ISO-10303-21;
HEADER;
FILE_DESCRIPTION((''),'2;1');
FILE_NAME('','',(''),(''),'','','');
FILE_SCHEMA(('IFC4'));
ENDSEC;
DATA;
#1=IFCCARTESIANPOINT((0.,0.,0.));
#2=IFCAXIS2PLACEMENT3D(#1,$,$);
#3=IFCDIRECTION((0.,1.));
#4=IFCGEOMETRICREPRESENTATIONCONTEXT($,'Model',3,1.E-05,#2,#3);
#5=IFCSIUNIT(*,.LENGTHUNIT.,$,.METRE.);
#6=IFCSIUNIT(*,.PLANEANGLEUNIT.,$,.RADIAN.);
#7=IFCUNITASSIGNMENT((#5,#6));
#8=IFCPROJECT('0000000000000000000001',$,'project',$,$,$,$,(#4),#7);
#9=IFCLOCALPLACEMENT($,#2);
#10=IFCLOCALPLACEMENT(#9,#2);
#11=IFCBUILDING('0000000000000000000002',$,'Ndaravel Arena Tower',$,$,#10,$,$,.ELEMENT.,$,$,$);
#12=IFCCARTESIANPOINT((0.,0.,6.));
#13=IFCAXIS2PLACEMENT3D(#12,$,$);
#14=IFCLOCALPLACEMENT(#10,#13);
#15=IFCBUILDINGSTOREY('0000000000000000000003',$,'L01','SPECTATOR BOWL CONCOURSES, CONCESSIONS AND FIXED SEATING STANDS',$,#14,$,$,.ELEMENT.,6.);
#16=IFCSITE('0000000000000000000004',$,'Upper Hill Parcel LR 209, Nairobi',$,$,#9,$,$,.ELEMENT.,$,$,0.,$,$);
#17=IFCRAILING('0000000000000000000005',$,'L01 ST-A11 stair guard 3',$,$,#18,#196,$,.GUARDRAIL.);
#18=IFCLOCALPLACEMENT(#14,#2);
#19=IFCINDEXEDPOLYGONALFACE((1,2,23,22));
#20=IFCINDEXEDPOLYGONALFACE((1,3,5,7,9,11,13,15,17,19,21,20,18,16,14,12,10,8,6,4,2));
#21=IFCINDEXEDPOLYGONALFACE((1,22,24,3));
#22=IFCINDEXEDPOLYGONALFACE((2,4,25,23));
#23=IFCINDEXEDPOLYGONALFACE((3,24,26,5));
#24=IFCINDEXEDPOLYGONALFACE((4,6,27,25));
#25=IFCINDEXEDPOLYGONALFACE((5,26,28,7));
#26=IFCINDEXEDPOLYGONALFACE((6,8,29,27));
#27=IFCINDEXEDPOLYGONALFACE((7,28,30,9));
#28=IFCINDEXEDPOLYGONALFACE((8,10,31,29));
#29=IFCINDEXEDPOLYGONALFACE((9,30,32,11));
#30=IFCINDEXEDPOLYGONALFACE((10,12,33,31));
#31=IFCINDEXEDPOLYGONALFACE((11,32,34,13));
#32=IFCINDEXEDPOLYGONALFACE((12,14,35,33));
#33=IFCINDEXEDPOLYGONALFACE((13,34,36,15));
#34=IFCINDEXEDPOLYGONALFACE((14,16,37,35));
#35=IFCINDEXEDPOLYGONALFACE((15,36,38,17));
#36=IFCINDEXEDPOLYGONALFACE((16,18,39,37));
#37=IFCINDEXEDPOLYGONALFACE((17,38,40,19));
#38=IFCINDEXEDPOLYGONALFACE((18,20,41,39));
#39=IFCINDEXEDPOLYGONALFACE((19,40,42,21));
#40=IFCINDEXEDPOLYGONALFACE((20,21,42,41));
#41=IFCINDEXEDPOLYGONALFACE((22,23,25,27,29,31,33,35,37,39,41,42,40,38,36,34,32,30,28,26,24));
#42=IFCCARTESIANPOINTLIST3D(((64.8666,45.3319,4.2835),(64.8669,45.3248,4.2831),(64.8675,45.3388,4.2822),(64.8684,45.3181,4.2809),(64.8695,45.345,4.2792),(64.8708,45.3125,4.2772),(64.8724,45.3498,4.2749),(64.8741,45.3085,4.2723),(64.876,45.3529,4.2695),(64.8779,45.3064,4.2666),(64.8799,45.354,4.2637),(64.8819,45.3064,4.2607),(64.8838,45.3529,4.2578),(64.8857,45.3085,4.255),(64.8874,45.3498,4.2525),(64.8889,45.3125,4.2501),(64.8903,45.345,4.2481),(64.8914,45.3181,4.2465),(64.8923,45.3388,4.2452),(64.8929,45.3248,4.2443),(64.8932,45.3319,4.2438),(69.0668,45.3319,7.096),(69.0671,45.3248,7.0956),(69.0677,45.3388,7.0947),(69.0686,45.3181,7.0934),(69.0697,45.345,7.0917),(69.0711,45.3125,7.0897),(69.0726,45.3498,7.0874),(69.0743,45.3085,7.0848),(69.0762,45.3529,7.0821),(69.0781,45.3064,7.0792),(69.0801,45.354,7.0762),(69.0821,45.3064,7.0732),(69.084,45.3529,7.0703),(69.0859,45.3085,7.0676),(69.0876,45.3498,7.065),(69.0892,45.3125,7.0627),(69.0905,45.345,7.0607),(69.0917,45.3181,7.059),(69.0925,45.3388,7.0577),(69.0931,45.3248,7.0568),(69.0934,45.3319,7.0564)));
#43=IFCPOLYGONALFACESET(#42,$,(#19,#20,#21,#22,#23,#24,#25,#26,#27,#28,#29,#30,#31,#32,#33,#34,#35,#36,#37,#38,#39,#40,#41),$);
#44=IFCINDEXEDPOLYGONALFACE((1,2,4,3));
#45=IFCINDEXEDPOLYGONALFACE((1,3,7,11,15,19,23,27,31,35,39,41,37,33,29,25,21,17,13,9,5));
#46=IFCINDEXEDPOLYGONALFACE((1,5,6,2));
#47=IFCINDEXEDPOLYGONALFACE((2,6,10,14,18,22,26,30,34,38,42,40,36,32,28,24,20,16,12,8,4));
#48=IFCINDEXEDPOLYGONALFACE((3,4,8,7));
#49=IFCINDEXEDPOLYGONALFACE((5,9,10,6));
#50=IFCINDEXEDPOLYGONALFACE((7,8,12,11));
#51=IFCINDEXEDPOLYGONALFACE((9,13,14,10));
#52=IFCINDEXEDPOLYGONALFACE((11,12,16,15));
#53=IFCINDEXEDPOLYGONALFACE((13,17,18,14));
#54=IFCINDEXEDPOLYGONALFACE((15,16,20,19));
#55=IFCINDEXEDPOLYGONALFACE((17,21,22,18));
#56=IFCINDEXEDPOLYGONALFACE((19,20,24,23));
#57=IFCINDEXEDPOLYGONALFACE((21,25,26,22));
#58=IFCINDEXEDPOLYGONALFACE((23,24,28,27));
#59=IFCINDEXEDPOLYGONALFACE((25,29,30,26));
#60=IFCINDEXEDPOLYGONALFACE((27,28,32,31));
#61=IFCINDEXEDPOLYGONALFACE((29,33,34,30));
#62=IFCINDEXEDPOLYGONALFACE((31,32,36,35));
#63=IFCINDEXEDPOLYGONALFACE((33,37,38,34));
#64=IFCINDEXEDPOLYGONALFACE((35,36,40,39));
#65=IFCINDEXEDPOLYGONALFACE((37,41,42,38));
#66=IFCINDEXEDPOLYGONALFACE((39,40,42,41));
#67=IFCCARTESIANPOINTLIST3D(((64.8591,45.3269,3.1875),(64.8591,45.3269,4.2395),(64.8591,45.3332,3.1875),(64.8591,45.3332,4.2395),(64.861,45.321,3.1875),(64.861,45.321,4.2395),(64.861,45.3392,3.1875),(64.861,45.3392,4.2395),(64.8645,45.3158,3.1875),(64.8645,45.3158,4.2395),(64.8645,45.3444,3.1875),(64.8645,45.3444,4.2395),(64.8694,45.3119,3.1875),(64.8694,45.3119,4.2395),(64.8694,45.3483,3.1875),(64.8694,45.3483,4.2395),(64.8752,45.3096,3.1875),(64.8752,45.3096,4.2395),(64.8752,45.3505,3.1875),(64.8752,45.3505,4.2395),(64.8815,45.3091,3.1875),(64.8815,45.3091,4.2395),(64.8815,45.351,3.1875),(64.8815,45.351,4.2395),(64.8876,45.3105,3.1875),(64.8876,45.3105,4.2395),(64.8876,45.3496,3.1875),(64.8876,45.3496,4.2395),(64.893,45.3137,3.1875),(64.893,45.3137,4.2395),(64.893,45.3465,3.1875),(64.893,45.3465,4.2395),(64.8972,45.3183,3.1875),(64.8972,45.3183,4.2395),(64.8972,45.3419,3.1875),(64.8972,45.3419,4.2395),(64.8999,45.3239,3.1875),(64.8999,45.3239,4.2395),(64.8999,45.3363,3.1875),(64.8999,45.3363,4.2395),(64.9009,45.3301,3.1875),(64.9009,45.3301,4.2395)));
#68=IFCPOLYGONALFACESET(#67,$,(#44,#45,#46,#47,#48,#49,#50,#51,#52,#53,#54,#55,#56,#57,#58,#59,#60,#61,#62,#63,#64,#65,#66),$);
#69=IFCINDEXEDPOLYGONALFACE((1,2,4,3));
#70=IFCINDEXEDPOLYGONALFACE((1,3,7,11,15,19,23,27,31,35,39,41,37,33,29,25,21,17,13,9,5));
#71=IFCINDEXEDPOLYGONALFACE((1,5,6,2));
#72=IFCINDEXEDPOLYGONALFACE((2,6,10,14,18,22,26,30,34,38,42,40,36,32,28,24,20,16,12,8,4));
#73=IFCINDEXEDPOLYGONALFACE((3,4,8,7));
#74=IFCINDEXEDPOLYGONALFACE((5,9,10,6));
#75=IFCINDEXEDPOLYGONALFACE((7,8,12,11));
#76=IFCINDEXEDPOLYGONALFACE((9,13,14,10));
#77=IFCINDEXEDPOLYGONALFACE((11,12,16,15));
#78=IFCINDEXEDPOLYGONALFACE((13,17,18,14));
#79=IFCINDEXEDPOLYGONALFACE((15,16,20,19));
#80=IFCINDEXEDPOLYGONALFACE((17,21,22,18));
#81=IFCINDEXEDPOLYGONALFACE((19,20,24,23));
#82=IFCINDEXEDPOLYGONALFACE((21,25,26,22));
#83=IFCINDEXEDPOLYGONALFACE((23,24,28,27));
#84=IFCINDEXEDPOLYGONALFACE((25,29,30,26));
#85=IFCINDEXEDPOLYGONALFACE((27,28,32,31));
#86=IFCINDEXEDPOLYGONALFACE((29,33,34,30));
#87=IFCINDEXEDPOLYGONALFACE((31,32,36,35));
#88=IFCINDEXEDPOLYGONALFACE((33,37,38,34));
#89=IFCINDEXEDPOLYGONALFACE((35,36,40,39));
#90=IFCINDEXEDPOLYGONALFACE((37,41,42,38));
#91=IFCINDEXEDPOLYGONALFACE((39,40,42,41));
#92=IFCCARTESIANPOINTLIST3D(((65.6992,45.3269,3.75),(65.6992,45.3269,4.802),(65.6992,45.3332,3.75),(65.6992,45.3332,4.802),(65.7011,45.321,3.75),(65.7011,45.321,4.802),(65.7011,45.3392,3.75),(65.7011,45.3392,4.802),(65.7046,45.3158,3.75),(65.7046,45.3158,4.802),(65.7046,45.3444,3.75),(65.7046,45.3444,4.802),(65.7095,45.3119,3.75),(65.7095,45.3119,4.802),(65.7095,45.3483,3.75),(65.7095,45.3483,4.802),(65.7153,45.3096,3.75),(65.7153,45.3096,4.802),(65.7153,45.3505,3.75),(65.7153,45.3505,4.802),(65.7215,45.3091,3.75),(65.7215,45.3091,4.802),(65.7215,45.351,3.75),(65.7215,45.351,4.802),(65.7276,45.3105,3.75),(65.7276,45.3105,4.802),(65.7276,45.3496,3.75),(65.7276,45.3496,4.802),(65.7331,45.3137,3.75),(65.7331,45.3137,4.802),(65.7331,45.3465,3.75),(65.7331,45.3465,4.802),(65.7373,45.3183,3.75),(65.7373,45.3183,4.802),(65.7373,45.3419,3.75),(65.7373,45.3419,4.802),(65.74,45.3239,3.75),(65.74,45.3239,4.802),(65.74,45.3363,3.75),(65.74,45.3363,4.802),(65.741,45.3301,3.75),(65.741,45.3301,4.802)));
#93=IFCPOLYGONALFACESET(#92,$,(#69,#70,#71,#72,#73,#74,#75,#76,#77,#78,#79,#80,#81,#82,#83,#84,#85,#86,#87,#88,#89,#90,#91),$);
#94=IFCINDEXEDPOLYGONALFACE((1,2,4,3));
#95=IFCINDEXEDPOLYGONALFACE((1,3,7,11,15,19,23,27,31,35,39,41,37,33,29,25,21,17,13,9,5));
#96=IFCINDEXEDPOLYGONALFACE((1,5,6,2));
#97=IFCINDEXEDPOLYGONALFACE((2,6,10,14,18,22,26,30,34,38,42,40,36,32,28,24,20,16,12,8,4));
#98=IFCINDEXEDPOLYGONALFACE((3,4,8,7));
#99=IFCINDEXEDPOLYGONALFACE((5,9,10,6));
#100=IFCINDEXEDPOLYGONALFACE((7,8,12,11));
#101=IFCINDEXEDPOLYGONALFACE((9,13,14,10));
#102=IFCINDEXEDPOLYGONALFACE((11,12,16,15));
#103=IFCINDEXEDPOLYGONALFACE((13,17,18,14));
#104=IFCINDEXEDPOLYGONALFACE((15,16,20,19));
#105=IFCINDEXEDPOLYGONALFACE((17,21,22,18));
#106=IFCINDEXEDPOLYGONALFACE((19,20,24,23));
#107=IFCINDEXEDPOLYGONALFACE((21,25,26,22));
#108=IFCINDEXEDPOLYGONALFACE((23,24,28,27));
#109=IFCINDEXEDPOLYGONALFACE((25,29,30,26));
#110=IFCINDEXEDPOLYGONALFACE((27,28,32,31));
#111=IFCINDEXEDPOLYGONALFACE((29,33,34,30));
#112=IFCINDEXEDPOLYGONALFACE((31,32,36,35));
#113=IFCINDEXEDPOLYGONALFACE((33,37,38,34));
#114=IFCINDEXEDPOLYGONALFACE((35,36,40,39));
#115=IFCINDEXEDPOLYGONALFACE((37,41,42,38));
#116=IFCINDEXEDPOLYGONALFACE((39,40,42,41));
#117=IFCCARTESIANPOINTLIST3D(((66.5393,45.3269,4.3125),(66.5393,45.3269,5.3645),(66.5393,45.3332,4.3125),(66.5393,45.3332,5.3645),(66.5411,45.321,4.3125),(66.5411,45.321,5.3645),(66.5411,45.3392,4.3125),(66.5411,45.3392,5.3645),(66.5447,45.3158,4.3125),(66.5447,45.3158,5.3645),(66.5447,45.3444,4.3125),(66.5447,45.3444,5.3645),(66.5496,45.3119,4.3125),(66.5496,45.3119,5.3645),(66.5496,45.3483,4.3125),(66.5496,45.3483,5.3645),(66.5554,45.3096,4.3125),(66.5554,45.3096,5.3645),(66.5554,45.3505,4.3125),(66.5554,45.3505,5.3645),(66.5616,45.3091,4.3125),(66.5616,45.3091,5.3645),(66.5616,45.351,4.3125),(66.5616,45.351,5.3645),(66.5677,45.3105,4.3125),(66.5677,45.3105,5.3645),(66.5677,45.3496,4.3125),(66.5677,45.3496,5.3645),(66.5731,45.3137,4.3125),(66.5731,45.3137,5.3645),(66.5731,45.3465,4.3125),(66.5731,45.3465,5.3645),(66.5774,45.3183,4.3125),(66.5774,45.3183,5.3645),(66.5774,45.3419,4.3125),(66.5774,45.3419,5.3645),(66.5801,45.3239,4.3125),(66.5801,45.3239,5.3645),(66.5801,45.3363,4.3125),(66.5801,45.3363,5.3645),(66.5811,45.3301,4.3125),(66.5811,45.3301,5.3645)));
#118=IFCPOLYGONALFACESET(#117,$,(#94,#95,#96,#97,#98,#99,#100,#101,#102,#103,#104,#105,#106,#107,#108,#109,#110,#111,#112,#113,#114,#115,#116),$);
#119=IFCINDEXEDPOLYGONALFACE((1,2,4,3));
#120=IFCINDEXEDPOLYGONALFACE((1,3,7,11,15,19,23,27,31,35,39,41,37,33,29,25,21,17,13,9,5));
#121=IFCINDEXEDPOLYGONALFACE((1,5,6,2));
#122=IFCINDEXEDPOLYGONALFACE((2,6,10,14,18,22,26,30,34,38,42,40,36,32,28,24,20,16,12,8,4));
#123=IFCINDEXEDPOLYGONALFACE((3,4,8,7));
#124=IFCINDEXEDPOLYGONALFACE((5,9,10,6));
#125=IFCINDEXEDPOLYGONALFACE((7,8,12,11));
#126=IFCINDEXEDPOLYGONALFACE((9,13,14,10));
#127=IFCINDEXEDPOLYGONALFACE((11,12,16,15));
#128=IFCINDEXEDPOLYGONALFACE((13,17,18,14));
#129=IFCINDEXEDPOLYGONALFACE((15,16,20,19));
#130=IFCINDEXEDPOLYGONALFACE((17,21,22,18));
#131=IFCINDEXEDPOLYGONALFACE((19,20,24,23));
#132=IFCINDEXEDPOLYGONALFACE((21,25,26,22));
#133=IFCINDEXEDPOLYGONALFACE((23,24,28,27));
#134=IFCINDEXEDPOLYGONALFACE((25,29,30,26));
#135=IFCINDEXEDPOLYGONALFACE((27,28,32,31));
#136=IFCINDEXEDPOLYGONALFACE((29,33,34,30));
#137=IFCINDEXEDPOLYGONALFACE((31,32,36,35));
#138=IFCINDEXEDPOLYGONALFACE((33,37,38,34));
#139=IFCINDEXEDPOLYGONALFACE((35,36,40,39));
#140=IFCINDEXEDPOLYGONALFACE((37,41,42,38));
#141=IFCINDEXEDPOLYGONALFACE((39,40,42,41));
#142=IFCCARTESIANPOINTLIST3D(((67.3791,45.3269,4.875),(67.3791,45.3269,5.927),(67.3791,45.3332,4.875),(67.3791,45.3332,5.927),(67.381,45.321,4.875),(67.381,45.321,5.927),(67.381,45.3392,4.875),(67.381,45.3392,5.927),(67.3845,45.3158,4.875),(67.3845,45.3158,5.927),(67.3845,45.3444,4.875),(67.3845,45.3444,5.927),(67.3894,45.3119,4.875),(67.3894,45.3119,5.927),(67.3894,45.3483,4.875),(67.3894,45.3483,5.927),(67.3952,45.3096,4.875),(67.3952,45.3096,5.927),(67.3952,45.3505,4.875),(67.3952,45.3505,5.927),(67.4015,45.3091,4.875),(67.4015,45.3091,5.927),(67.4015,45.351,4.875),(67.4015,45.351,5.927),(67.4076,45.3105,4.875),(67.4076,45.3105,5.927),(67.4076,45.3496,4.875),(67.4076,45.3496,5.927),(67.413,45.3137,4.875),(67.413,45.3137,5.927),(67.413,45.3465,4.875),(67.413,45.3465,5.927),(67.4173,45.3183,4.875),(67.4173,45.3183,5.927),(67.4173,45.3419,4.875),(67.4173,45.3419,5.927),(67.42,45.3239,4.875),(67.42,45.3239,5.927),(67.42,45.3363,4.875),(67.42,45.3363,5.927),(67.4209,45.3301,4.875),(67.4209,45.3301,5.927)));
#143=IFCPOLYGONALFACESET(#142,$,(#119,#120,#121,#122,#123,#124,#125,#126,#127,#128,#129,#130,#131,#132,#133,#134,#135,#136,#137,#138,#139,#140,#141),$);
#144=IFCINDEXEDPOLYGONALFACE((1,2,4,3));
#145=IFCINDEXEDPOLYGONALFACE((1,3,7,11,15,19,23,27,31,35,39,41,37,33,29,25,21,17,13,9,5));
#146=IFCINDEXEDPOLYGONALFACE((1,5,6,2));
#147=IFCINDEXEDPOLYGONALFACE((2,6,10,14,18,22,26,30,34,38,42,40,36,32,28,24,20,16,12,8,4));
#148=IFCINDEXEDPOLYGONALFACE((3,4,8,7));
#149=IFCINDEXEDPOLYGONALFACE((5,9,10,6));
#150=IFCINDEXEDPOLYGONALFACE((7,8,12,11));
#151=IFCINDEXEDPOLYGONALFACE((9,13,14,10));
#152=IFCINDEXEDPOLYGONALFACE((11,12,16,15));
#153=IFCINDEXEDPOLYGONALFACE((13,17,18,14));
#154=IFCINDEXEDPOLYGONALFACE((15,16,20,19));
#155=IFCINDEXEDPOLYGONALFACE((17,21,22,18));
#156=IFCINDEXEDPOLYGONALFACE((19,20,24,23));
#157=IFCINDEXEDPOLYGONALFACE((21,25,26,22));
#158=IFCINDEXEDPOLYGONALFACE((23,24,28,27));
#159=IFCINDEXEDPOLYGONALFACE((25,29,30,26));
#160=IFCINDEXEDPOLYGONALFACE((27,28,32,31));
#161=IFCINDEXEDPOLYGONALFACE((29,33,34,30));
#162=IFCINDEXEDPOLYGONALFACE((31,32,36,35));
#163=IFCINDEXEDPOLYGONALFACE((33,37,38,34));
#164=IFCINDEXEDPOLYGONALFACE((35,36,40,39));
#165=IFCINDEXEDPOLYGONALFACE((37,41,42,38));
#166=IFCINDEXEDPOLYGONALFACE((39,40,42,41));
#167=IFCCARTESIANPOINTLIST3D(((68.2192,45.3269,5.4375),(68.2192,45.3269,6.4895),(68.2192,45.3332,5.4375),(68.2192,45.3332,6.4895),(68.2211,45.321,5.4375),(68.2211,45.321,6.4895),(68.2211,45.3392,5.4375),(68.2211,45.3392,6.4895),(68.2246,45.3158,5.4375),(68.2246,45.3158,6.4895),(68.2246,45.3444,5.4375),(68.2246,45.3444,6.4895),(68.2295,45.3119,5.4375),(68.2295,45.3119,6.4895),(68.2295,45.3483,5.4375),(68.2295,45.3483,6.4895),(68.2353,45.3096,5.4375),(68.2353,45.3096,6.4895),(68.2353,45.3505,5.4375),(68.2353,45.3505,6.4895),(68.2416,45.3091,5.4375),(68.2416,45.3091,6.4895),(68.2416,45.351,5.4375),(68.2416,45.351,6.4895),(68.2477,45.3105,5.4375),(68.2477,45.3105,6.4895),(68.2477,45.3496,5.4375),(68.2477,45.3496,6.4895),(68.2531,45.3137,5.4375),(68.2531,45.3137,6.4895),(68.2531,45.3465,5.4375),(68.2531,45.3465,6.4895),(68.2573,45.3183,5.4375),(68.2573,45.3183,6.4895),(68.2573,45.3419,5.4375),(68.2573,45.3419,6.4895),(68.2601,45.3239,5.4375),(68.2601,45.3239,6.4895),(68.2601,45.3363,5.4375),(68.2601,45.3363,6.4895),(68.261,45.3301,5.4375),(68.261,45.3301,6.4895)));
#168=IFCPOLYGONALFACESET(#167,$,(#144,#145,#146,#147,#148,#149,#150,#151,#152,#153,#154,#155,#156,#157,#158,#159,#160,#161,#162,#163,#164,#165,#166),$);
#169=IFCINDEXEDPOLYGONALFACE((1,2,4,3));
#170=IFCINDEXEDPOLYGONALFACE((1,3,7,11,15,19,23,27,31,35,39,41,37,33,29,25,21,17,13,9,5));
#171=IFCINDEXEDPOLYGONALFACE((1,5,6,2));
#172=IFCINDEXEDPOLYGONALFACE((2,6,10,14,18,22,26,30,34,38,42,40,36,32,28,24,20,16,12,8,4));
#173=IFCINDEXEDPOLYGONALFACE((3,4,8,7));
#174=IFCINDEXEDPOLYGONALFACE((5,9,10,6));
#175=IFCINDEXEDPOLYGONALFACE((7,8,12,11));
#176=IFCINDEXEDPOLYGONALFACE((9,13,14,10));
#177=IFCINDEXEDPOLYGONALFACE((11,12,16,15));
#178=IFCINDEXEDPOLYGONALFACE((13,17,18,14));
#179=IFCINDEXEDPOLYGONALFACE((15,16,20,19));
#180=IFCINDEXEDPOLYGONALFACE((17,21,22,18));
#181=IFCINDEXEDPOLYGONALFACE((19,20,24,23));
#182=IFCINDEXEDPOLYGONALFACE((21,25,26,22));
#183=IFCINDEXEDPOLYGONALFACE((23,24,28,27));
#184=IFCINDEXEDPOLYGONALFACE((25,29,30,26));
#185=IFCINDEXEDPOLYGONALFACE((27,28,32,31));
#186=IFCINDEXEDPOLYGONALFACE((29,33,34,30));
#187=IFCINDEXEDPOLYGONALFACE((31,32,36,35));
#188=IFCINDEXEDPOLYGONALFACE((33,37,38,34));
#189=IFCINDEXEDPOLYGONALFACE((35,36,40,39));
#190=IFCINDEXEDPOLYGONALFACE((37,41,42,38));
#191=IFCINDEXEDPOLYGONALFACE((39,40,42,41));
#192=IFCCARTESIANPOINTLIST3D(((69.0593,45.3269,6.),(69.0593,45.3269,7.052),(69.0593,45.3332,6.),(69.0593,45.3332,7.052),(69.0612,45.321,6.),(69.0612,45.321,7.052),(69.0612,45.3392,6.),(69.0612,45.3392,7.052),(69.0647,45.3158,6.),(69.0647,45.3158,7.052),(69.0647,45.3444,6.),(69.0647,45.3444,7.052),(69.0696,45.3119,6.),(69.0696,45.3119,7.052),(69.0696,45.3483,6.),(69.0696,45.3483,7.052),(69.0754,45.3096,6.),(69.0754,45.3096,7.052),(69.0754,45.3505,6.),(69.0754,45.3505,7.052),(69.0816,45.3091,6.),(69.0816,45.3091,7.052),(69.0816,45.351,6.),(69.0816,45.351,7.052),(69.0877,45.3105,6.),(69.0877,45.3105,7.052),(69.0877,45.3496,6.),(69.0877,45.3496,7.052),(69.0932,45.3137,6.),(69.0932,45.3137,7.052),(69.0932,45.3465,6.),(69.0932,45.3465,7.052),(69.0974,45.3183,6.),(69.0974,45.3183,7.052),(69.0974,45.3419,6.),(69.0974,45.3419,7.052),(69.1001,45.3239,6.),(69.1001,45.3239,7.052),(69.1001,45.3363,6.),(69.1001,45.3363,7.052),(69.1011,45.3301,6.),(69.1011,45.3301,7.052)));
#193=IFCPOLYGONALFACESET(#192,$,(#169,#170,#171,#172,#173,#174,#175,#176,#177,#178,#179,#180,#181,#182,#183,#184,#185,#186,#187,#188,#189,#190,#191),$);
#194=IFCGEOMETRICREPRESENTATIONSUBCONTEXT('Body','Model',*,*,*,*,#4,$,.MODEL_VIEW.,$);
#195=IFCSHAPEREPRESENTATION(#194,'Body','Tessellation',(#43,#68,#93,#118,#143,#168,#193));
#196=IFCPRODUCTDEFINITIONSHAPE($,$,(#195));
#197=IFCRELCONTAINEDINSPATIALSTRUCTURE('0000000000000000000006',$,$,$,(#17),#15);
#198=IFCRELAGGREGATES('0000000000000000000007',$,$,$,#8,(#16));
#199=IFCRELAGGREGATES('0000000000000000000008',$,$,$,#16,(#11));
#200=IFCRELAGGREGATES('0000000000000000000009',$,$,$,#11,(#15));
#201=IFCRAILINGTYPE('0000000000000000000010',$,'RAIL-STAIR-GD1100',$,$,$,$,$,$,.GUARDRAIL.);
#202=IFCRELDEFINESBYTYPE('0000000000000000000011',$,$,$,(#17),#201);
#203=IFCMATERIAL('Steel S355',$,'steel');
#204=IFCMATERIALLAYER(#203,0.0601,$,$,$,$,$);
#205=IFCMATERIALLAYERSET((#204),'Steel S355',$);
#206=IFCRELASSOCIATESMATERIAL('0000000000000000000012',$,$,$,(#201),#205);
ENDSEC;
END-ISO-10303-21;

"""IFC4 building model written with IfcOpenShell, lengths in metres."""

from ifc_helpers import new_model, si_unit, direction, frame, origin, origin_2d, place, context, subcontext, project, spatial, circle, extrude, material, layer, layer_set, type_object, element, save


model = new_model("IFC4")

# Units and contexts
model_context = context("Model", 3, precision=1e-05, world=origin(), true_north=direction((0.0, 1.0)))
body_context = subcontext(model_context, "Body", "Model", "MODEL_VIEW")
ifc_project = project(units=[si_unit("LENGTHUNIT", "METRE"), si_unit("PLANEANGLEUNIT", "RADIAN")], contexts=[model_context])

# Site, building, storey
site_placement = place(None, origin())
site = spatial("IfcSite", under=ifc_project, at=site_placement, Name="Upper Hill Parcel LR 209, Nairobi", CompositionType="ELEMENT", RefElevation=0.0)
building_placement = place(site_placement, origin())
building = spatial("IfcBuilding", under=site, at=building_placement, Name="Ndaravel Arena Tower", CompositionType="ELEMENT")
storey_placement = place(building_placement, frame((0.0, 0.0, 6.0)))
storey = spatial("IfcBuildingStorey", under=building, at=storey_placement, Name="L01", Description="SPECTATOR BOWL CONCOURSES, CONCESSIONS AND FIXED SEATING STANDS", CompositionType="ELEMENT", Elevation=6.0)

# Railing
ifc_material_1 = material(Name="Steel S355", Category="steel")
ifc_layer_1 = layer(ifc_material_1, 0.0601)
ifc_layer_set_1 = layer_set([ifc_layer_1], Name="Steel S355")
railing_type_1 = type_object("IfcRailingType", Name="RAIL-STAIR-GD1100", PredefinedType="GUARDRAIL", material=ifc_layer_set_1)
railing_1_placement = place(storey_placement, frame((64.8799, 45.3301, 3.1875)))
element("IfcRailing", 1, at=railing_1_placement, inside=storey, type_object=railing_type_1, Name="L01 ST-A11 stair guard 3", PredefinedType="GUARDRAIL", context=body_context, shape_type="SweptSolid", body=[
    extrude(circle(Radius=0.0239, at=origin_2d()), frame((0.0, 0.0, 1.0762), z_axis=(0.830919, 0.0, 0.556393), x_axis=(0.0, 1.0, 0.0)), (0.0, 0.0, 1.0), 5.0549),
    extrude(circle(Radius=0.021, at=origin_2d()), origin(), (0.0, 0.0, 1.0), 1.052),
    extrude(circle(Radius=0.021, at=origin_2d()), frame((0.8401, 0.0, 0.5625)), (0.0, 0.0, 1.0), 1.052),
    extrude(circle(Radius=0.021, at=origin_2d()), frame((1.6802, 0.0, 1.125)), (0.0, 0.0, 1.0), 1.052),
    extrude(circle(Radius=0.021, at=origin_2d()), frame((2.52, 0.0, 1.6875)), (0.0, 0.0, 1.0), 1.052),
    extrude(circle(Radius=0.021, at=origin_2d()), frame((3.3601, 0.0, 2.25)), (0.0, 0.0, 1.0), 1.052),
    extrude(circle(Radius=0.021, at=origin_2d()), frame((4.2002, 0.0, 2.8125)), (0.0, 0.0, 1.0), 1.052),
])

save(model, "model.ifc")
